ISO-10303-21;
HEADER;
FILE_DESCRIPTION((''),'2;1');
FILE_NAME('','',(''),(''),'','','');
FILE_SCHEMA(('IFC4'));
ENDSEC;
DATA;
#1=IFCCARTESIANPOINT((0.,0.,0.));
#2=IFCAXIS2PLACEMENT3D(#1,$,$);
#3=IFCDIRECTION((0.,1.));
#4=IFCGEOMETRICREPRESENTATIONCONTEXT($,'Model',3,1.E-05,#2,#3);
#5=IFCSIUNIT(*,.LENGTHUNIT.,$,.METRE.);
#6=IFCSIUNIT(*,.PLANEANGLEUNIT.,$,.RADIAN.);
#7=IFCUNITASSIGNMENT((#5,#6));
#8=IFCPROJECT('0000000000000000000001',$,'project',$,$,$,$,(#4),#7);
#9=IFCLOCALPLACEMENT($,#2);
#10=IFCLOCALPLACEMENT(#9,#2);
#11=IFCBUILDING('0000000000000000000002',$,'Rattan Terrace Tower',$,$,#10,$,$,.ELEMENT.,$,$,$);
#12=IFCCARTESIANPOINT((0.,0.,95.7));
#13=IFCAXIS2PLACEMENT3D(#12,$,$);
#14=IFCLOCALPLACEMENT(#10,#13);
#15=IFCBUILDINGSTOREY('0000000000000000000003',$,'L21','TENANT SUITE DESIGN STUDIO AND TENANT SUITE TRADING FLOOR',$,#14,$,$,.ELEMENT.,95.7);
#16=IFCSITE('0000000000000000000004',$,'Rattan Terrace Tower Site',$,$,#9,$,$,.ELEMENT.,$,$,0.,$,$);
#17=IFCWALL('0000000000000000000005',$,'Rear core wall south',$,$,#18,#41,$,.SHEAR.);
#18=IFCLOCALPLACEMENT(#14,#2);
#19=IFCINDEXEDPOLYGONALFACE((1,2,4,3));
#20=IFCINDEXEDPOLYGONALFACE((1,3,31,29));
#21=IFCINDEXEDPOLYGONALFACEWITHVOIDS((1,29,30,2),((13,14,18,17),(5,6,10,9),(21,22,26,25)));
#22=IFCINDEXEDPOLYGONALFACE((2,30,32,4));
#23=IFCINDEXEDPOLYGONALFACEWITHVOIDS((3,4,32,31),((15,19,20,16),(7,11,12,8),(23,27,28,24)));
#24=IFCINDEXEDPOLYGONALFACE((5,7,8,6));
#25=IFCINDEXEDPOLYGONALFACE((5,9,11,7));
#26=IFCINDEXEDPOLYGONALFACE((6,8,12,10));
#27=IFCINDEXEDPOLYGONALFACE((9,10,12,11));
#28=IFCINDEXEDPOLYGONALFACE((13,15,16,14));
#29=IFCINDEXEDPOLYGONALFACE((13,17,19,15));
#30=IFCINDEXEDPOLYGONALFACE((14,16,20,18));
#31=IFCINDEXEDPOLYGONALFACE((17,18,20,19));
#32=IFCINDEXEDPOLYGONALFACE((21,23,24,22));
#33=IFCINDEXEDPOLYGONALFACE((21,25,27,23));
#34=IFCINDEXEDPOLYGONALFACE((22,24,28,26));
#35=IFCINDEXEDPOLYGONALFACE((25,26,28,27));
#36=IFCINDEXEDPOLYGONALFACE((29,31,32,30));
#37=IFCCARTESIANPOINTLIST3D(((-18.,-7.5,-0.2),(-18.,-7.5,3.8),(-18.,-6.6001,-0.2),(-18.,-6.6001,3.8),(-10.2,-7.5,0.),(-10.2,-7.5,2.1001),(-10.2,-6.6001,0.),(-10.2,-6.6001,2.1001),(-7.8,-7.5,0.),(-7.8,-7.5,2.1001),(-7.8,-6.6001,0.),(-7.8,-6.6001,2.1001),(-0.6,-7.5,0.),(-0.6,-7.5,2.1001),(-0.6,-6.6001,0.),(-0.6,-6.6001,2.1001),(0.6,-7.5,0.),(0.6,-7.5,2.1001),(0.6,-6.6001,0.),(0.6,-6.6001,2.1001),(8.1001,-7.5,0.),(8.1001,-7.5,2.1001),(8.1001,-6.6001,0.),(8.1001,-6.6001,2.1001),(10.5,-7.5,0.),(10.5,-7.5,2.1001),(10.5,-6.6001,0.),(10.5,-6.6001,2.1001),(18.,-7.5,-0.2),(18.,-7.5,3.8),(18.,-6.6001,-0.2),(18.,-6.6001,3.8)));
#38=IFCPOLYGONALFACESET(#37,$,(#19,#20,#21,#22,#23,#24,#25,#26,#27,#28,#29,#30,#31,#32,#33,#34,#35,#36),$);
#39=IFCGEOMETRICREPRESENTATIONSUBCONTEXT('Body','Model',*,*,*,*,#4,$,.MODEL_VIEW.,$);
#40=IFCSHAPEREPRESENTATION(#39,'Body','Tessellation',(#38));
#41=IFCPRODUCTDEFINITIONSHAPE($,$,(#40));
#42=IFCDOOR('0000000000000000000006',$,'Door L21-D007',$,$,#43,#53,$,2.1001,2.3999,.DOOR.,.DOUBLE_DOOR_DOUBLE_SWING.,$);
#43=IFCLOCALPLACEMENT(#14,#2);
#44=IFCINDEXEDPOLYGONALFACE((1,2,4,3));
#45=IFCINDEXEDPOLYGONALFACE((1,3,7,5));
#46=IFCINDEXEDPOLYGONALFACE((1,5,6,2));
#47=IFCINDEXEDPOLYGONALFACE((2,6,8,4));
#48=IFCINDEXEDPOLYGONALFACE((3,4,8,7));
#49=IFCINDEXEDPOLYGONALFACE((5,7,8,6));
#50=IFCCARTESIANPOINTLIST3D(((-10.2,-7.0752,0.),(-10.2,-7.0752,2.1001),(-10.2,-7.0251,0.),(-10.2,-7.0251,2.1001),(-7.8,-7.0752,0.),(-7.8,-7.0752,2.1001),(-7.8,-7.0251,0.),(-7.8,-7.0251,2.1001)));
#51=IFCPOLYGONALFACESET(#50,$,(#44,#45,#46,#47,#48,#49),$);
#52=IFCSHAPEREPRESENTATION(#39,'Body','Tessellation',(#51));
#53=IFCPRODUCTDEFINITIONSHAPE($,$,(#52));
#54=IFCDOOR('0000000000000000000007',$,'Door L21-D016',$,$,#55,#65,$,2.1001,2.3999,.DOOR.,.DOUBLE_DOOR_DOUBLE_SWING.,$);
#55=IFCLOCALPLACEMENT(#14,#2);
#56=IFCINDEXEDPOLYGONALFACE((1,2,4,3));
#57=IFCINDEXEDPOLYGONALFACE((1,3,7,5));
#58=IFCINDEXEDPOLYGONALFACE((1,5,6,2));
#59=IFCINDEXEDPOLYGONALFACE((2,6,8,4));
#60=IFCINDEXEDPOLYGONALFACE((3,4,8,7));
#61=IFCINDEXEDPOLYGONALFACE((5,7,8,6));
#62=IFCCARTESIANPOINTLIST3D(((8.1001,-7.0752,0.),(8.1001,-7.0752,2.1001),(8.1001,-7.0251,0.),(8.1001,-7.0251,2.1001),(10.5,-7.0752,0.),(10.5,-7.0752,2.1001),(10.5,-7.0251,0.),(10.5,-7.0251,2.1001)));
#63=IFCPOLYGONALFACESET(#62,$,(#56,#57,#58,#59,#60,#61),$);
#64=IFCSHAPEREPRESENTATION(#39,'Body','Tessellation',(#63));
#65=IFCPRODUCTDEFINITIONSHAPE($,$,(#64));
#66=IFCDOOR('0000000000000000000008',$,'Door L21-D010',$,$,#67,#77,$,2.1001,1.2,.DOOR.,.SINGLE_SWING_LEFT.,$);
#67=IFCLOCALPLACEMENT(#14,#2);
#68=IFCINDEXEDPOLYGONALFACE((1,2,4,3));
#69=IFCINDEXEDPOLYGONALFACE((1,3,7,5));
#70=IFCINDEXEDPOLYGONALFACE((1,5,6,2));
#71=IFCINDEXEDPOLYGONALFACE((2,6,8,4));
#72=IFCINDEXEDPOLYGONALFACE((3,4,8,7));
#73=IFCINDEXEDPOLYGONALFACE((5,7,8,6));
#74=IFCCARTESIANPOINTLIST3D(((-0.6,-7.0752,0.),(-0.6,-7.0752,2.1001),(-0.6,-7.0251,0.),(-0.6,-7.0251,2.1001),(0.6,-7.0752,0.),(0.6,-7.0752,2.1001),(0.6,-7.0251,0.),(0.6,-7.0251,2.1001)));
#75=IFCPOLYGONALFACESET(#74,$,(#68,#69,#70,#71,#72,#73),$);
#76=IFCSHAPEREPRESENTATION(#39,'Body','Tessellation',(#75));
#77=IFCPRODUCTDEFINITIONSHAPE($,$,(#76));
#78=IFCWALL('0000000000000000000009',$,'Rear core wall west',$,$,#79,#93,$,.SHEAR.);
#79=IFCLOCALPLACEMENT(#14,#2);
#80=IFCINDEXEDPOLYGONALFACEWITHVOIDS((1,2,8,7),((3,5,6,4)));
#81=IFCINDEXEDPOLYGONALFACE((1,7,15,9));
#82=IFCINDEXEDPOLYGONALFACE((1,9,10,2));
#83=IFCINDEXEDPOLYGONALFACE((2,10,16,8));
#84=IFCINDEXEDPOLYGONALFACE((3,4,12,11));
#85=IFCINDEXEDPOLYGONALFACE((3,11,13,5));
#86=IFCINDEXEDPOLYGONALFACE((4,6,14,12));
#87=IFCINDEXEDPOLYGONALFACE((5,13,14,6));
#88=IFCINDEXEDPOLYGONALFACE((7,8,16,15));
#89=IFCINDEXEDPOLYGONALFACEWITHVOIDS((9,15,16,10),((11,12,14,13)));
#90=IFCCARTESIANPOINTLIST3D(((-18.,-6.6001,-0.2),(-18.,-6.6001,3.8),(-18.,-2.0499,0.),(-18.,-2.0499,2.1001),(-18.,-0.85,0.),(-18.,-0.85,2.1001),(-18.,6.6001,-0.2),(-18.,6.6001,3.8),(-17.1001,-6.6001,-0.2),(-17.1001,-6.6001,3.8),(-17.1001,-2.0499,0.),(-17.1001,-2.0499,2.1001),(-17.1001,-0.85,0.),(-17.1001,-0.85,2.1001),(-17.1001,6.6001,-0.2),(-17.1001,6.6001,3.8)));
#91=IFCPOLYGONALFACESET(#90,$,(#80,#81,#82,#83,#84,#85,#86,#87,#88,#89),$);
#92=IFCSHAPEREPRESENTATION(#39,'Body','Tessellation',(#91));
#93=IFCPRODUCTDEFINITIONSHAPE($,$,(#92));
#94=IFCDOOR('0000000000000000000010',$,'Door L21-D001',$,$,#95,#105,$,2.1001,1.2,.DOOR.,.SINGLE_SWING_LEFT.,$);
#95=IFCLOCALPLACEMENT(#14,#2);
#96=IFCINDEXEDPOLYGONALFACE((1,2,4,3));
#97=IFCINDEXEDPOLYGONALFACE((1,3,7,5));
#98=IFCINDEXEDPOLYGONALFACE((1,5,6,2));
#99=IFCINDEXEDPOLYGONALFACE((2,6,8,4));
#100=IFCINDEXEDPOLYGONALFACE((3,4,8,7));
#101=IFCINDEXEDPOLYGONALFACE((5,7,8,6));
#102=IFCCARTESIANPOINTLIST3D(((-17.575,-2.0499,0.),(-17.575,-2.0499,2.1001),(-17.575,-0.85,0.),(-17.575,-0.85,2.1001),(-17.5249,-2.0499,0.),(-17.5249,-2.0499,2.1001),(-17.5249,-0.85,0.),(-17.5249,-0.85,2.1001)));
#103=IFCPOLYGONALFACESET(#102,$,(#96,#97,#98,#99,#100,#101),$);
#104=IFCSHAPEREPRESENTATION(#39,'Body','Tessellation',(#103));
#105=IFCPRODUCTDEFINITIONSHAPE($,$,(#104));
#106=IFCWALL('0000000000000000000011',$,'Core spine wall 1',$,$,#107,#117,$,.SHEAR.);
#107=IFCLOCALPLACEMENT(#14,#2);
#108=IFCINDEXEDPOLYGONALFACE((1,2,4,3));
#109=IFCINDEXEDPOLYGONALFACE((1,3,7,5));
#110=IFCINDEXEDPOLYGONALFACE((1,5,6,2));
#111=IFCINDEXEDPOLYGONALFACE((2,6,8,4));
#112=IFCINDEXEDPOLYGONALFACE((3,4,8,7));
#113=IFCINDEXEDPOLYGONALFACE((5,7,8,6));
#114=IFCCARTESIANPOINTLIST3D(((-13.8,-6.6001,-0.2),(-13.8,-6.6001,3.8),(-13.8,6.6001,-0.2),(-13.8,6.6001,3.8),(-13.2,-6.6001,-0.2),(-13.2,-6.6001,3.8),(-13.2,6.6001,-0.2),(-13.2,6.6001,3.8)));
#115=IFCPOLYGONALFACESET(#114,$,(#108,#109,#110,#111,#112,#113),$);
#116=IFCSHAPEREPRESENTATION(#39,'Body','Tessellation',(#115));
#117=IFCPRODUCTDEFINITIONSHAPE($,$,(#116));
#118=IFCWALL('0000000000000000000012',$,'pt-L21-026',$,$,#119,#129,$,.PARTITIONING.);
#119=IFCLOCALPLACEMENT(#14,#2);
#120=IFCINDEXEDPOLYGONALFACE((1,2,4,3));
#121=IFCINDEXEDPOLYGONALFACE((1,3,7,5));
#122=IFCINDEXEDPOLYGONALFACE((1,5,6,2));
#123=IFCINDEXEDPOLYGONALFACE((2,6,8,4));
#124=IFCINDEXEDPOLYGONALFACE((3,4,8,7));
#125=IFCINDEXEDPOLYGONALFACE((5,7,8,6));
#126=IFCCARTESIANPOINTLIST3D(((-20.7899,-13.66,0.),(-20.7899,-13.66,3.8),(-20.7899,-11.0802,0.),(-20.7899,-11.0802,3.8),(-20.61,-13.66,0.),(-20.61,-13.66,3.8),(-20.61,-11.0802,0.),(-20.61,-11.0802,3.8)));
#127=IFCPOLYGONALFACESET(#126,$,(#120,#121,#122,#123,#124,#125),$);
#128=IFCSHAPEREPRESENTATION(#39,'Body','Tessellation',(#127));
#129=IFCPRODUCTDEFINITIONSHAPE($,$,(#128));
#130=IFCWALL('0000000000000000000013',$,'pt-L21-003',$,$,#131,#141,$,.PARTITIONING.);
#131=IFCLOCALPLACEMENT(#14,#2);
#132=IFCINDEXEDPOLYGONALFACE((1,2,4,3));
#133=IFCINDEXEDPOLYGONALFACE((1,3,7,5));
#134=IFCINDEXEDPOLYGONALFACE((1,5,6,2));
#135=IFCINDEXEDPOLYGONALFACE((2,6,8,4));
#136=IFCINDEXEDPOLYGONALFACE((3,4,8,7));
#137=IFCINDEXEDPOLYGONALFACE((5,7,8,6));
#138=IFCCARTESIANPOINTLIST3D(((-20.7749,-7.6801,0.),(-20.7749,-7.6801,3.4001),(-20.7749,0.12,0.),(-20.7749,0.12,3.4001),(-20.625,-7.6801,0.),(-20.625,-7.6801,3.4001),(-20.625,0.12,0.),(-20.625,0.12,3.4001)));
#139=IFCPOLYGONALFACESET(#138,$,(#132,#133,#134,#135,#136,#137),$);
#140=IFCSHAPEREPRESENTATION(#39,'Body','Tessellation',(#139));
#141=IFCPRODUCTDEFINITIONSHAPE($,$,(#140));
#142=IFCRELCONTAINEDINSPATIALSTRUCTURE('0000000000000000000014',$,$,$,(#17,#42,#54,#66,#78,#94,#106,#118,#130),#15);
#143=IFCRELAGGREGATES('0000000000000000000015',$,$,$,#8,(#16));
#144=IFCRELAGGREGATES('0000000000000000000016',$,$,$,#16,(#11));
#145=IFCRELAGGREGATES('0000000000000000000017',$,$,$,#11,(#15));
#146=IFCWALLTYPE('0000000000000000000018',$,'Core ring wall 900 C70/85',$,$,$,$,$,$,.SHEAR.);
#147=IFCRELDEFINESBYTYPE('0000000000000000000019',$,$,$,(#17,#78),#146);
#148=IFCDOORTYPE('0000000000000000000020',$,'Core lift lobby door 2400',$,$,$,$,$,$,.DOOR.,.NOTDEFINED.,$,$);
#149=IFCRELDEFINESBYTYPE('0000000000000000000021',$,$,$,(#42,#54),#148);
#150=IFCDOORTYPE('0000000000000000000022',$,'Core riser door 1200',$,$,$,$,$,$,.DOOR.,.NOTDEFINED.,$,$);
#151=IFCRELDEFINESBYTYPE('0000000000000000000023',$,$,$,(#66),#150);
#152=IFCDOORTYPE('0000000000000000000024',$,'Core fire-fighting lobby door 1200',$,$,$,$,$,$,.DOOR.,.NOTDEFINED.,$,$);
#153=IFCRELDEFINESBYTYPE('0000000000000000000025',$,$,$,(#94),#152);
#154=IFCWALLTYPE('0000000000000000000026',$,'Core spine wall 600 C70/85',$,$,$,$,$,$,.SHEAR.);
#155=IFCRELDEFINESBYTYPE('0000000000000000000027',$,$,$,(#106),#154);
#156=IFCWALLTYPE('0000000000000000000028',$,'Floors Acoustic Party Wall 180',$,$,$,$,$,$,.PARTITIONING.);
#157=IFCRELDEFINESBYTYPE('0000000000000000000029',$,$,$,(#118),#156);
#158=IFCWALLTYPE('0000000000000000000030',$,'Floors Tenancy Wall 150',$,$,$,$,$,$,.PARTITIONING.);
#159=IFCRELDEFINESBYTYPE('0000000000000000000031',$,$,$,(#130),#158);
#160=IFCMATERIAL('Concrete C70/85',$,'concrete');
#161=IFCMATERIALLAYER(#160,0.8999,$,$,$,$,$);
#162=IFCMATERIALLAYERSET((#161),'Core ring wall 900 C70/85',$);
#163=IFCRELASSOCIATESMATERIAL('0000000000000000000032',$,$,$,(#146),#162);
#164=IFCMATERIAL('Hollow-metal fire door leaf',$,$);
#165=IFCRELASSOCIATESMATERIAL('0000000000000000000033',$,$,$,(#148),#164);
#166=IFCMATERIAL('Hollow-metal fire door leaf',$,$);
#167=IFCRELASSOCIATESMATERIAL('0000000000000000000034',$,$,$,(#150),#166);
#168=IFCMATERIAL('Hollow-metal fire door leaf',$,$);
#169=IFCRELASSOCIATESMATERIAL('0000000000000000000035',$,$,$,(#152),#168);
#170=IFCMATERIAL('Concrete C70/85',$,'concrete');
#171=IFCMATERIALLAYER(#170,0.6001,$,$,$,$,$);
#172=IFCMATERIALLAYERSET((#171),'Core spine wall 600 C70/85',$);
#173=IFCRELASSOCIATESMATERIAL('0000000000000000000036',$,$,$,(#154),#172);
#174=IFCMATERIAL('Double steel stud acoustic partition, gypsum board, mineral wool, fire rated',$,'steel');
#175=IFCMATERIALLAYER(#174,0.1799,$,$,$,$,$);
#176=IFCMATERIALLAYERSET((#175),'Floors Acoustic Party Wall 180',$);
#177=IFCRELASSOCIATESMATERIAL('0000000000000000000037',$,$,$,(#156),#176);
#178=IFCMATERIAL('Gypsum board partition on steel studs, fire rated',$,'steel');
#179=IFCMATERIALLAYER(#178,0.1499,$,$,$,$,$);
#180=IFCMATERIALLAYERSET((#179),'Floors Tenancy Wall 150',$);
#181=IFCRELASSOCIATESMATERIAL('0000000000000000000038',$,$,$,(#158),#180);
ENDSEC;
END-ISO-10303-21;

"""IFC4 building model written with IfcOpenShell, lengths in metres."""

from ifc_helpers import new_model, si_unit, direction, frame, frame_2d, origin, place, context, subcontext, project, spatial, rectangle, extrude, material, layer, layer_set, type_object, element, fill, save


model = new_model("IFC4")

# Units and contexts
model_context = context("Model", 3, precision=1e-05, world=origin(), true_north=direction((0.0, 1.0)))
body_context = subcontext(model_context, "Body", "Model", "MODEL_VIEW")
ifc_project = project(units=[si_unit("LENGTHUNIT", "METRE"), si_unit("PLANEANGLEUNIT", "RADIAN")], contexts=[model_context])

# Site, building, storey
site_placement = place(None, origin())
site = spatial("IfcSite", under=ifc_project, at=site_placement, Name="Rattan Terrace Tower Site", CompositionType="ELEMENT", RefElevation=0.0)
building_placement = place(site_placement, origin())
building = spatial("IfcBuilding", under=site, at=building_placement, Name="Rattan Terrace Tower", CompositionType="ELEMENT")
storey_placement = place(building_placement, frame((0.0, 0.0, 95.7)))
storey = spatial("IfcBuildingStorey", under=building, at=storey_placement, Name="L21", Description="TENANT SUITE DESIGN STUDIO AND TENANT SUITE TRADING FLOOR", CompositionType="ELEMENT", Elevation=95.7)

# Wall, openings, doors
ifc_material_1 = material(Name="Concrete C70/85", Category="concrete")
ifc_layer_1 = layer(ifc_material_1, 0.8999)
ifc_layer_set_1 = layer_set([ifc_layer_1], Name="Core ring wall 900 C70/85")
wall_type_1 = type_object("IfcWallType", Name="Core ring wall 900 C70/85", PredefinedType="SHEAR", material=ifc_layer_set_1)
wall_1_placement = place(storey_placement, frame((-18.0, -7.05, -0.2), z_axis=(0.0, 0.0, 1.0), x_axis=(1.0, 0.0, 0.0)))
wall_1 = element("IfcWall", 1, at=wall_1_placement, inside=storey, type_object=wall_type_1, Name="Rear core wall south", PredefinedType="SHEAR", context=body_context, shape_type="SweptSolid", body=[
    extrude(rectangle(XDim=36.0, YDim=0.8999, at=frame_2d((18.0, 0.0))), origin(), (0.0, 0.0, 1.0), 4.0),
])
opening_1_placement = place(wall_1_placement, frame((7.8, 0.0, 0.2)))
opening_1 = element("IfcOpeningElement", 2, at=opening_1_placement, cuts=wall_1, PredefinedType="OPENING", context=body_context, shape_type="SweptSolid", body=[
    extrude(rectangle(XDim=2.3999, YDim=2.1001, at=frame_2d((1.2, 1.05))), frame((0.0, 0.4604, 0.0), z_axis=(0.0, -1.0, 0.0), x_axis=(1.0, 0.0, 0.0)), (0.0, 0.0, 1.0), 0.9209),
])
opening_2_placement = place(wall_1_placement, frame((17.3999, 0.0, 0.2)))
opening_2 = element("IfcOpeningElement", 3, at=opening_2_placement, cuts=wall_1, PredefinedType="OPENING", context=body_context, shape_type="SweptSolid", body=[
    extrude(rectangle(XDim=1.2, YDim=2.1001, at=frame_2d((0.6001, 1.05))), frame((0.0, 0.4604, 0.0), z_axis=(0.0, -1.0, 0.0), x_axis=(1.0, 0.0, 0.0)), (0.0, 0.0, 1.0), 0.9209),
])
opening_3_placement = place(wall_1_placement, frame((26.1001, 0.0, 0.2)))
opening_3 = element("IfcOpeningElement", 4, at=opening_3_placement, cuts=wall_1, PredefinedType="OPENING", context=body_context, shape_type="SweptSolid", body=[
    extrude(rectangle(XDim=2.3999, YDim=2.1001, at=frame_2d((1.2, 1.05))), frame((0.0, 0.4604, 0.0), z_axis=(0.0, -1.0, 0.0), x_axis=(1.0, 0.0, 0.0)), (0.0, 0.0, 1.0), 0.9209),
])
ifc_material_2 = material(Name="Hollow-metal fire door leaf")
door_type_1 = type_object("IfcDoorType", Name="Core lift lobby door 2400", OperationType="NOTDEFINED", PredefinedType="DOOR", material=ifc_material_2)
door_1_placement = place(opening_1_placement, origin())
door_1 = element("IfcDoor", 5, at=door_1_placement, inside=storey, type_object=door_type_1, Name="Door L21-D007", OperationType="DOUBLE_DOOR_DOUBLE_SWING", OverallHeight=2.1001, OverallWidth=2.3999, PredefinedType="DOOR", context=body_context, shape_type="SweptSolid", body=[
    extrude(rectangle(XDim=2.3999, YDim=2.1001, at=frame_2d((1.2, 1.05))), frame((0.0, 0.0249, 0.0), z_axis=(0.0, -1.0, 0.0), x_axis=(1.0, 0.0, 0.0)), (0.0, 0.0, 1.0), 0.05),
])
fill(opening_1, door_1)
door_2_placement = place(opening_3_placement, origin())
door_2 = element("IfcDoor", 6, at=door_2_placement, inside=storey, type_object=door_type_1, Name="Door L21-D016", OperationType="DOUBLE_DOOR_DOUBLE_SWING", OverallHeight=2.1001, OverallWidth=2.3999, PredefinedType="DOOR", context=body_context, shape_type="SweptSolid", body=[
    extrude(rectangle(XDim=2.3999, YDim=2.1001, at=frame_2d((1.2, 1.05))), frame((0.0, 0.0249, 0.0), z_axis=(0.0, -1.0, 0.0), x_axis=(1.0, 0.0, 0.0)), (0.0, 0.0, 1.0), 0.05),
])
fill(opening_3, door_2)
ifc_material_3 = material(Name="Hollow-metal fire door leaf")
door_type_2 = type_object("IfcDoorType", Name="Core riser door 1200", OperationType="NOTDEFINED", PredefinedType="DOOR", material=ifc_material_3)
door_3_placement = place(opening_2_placement, origin())
door_3 = element("IfcDoor", 7, at=door_3_placement, inside=storey, type_object=door_type_2, Name="Door L21-D010", OperationType="SINGLE_SWING_LEFT", OverallHeight=2.1001, OverallWidth=1.2, PredefinedType="DOOR", context=body_context, shape_type="SweptSolid", body=[
    extrude(rectangle(XDim=1.2, YDim=2.1001, at=frame_2d((0.6001, 1.05))), frame((0.0, 0.0249, 0.0), z_axis=(0.0, -1.0, 0.0), x_axis=(1.0, 0.0, 0.0)), (0.0, 0.0, 1.0), 0.05),
])
fill(opening_2, door_3)

# Wall, opening, door
wall_2_placement = place(storey_placement, frame((-17.55, -6.6001, -0.2), z_axis=(0.0, 0.0, 1.0), x_axis=(0.0, 1.0, 0.0)))
wall_2 = element("IfcWall", 8, at=wall_2_placement, inside=storey, type_object=wall_type_1, Name="Rear core wall west", PredefinedType="SHEAR", context=body_context, shape_type="SweptSolid", body=[
    extrude(rectangle(XDim=13.2002, YDim=0.8999, at=frame_2d((6.6001, 0.0))), origin(), (0.0, 0.0, 1.0), 4.0),
])
opening_4_placement = place(wall_2_placement, frame((4.55, 0.0, 0.2)))
opening_4 = element("IfcOpeningElement", 9, at=opening_4_placement, cuts=wall_2, PredefinedType="OPENING", context=body_context, shape_type="SweptSolid", body=[
    extrude(rectangle(XDim=1.2, YDim=2.1001, at=frame_2d((0.6001, 1.05))), frame((0.0, 0.4604, 0.0), z_axis=(0.0, -1.0, 0.0), x_axis=(1.0, 0.0, 0.0)), (0.0, 0.0, 1.0), 0.9209),
])
ifc_material_4 = material(Name="Hollow-metal fire door leaf")
door_type_3 = type_object("IfcDoorType", Name="Core fire-fighting lobby door 1200", OperationType="NOTDEFINED", PredefinedType="DOOR", material=ifc_material_4)
door_4_placement = place(opening_4_placement, origin())
door_4 = element("IfcDoor", 10, at=door_4_placement, inside=storey, type_object=door_type_3, Name="Door L21-D001", OperationType="SINGLE_SWING_LEFT", OverallHeight=2.1001, OverallWidth=1.2, PredefinedType="DOOR", context=body_context, shape_type="SweptSolid", body=[
    extrude(rectangle(XDim=1.2, YDim=2.1001, at=frame_2d((0.6001, 1.05))), frame((0.0, 0.0249, 0.0), z_axis=(0.0, -1.0, 0.0), x_axis=(1.0, 0.0, 0.0)), (0.0, 0.0, 1.0), 0.05),
])
fill(opening_4, door_4)

# Walls
ifc_material_5 = material(Name="Concrete C70/85", Category="concrete")
ifc_layer_2 = layer(ifc_material_5, 0.6001)
ifc_layer_set_2 = layer_set([ifc_layer_2], Name="Core spine wall 600 C70/85")
wall_type_2 = type_object("IfcWallType", Name="Core spine wall 600 C70/85", PredefinedType="SHEAR", material=ifc_layer_set_2)
wall_3_placement = place(storey_placement, frame((-13.5, -6.6001, -0.2), z_axis=(0.0, 0.0, 1.0), x_axis=(0.0, 1.0, 0.0)))
element("IfcWall", 11, at=wall_3_placement, inside=storey, type_object=wall_type_2, Name="Core spine wall 1", PredefinedType="SHEAR", context=body_context, shape_type="SweptSolid", body=[
    extrude(rectangle(XDim=13.2002, YDim=0.6001, at=frame_2d((6.6001, 0.0))), origin(), (0.0, 0.0, 1.0), 4.0),
])
ifc_material_6 = material(Name="Double steel stud acoustic partition, gypsum board, mineral wool, fire rated", Category="steel")
ifc_layer_3 = layer(ifc_material_6, 0.1799)
ifc_layer_set_3 = layer_set([ifc_layer_3], Name="Floors Acoustic Party Wall 180")
wall_type_3 = type_object("IfcWallType", Name="Floors Acoustic Party Wall 180", PredefinedType="PARTITIONING", material=ifc_layer_set_3)
wall_4_placement = place(storey_placement, frame((-20.7, -11.0801, 0.0), z_axis=(0.0, 0.0, 1.0), x_axis=(0.0, -1.0, 0.0)))
element("IfcWall", 12, at=wall_4_placement, inside=storey, type_object=wall_type_3, Name="pt-L21-026", PredefinedType="PARTITIONING", context=body_context, shape_type="SweptSolid", body=[
    extrude(rectangle(XDim=2.5798, YDim=0.1799, at=frame_2d((1.29, 0.0))), origin(), (0.0, 0.0, 1.0), 3.8),
])
ifc_material_7 = material(Name="Gypsum board partition on steel studs, fire rated", Category="steel")
ifc_layer_4 = layer(ifc_material_7, 0.1499)
ifc_layer_set_4 = layer_set([ifc_layer_4], Name="Floors Tenancy Wall 150")
wall_type_4 = type_object("IfcWallType", Name="Floors Tenancy Wall 150", PredefinedType="PARTITIONING", material=ifc_layer_set_4)
wall_5_placement = place(storey_placement, frame((-20.7, -7.6799, 0.0), z_axis=(0.0, 0.0, 1.0), x_axis=(0.0, 1.0, 0.0)))
element("IfcWall", 13, at=wall_5_placement, inside=storey, type_object=wall_type_4, Name="pt-L21-003", PredefinedType="PARTITIONING", context=body_context, shape_type="SweptSolid", body=[
    extrude(rectangle(XDim=7.8, YDim=0.1499, at=frame_2d((3.8999, 0.0))), origin(), (0.0, 0.0, 1.0), 3.4001),
])

save(model, "model.ifc")
